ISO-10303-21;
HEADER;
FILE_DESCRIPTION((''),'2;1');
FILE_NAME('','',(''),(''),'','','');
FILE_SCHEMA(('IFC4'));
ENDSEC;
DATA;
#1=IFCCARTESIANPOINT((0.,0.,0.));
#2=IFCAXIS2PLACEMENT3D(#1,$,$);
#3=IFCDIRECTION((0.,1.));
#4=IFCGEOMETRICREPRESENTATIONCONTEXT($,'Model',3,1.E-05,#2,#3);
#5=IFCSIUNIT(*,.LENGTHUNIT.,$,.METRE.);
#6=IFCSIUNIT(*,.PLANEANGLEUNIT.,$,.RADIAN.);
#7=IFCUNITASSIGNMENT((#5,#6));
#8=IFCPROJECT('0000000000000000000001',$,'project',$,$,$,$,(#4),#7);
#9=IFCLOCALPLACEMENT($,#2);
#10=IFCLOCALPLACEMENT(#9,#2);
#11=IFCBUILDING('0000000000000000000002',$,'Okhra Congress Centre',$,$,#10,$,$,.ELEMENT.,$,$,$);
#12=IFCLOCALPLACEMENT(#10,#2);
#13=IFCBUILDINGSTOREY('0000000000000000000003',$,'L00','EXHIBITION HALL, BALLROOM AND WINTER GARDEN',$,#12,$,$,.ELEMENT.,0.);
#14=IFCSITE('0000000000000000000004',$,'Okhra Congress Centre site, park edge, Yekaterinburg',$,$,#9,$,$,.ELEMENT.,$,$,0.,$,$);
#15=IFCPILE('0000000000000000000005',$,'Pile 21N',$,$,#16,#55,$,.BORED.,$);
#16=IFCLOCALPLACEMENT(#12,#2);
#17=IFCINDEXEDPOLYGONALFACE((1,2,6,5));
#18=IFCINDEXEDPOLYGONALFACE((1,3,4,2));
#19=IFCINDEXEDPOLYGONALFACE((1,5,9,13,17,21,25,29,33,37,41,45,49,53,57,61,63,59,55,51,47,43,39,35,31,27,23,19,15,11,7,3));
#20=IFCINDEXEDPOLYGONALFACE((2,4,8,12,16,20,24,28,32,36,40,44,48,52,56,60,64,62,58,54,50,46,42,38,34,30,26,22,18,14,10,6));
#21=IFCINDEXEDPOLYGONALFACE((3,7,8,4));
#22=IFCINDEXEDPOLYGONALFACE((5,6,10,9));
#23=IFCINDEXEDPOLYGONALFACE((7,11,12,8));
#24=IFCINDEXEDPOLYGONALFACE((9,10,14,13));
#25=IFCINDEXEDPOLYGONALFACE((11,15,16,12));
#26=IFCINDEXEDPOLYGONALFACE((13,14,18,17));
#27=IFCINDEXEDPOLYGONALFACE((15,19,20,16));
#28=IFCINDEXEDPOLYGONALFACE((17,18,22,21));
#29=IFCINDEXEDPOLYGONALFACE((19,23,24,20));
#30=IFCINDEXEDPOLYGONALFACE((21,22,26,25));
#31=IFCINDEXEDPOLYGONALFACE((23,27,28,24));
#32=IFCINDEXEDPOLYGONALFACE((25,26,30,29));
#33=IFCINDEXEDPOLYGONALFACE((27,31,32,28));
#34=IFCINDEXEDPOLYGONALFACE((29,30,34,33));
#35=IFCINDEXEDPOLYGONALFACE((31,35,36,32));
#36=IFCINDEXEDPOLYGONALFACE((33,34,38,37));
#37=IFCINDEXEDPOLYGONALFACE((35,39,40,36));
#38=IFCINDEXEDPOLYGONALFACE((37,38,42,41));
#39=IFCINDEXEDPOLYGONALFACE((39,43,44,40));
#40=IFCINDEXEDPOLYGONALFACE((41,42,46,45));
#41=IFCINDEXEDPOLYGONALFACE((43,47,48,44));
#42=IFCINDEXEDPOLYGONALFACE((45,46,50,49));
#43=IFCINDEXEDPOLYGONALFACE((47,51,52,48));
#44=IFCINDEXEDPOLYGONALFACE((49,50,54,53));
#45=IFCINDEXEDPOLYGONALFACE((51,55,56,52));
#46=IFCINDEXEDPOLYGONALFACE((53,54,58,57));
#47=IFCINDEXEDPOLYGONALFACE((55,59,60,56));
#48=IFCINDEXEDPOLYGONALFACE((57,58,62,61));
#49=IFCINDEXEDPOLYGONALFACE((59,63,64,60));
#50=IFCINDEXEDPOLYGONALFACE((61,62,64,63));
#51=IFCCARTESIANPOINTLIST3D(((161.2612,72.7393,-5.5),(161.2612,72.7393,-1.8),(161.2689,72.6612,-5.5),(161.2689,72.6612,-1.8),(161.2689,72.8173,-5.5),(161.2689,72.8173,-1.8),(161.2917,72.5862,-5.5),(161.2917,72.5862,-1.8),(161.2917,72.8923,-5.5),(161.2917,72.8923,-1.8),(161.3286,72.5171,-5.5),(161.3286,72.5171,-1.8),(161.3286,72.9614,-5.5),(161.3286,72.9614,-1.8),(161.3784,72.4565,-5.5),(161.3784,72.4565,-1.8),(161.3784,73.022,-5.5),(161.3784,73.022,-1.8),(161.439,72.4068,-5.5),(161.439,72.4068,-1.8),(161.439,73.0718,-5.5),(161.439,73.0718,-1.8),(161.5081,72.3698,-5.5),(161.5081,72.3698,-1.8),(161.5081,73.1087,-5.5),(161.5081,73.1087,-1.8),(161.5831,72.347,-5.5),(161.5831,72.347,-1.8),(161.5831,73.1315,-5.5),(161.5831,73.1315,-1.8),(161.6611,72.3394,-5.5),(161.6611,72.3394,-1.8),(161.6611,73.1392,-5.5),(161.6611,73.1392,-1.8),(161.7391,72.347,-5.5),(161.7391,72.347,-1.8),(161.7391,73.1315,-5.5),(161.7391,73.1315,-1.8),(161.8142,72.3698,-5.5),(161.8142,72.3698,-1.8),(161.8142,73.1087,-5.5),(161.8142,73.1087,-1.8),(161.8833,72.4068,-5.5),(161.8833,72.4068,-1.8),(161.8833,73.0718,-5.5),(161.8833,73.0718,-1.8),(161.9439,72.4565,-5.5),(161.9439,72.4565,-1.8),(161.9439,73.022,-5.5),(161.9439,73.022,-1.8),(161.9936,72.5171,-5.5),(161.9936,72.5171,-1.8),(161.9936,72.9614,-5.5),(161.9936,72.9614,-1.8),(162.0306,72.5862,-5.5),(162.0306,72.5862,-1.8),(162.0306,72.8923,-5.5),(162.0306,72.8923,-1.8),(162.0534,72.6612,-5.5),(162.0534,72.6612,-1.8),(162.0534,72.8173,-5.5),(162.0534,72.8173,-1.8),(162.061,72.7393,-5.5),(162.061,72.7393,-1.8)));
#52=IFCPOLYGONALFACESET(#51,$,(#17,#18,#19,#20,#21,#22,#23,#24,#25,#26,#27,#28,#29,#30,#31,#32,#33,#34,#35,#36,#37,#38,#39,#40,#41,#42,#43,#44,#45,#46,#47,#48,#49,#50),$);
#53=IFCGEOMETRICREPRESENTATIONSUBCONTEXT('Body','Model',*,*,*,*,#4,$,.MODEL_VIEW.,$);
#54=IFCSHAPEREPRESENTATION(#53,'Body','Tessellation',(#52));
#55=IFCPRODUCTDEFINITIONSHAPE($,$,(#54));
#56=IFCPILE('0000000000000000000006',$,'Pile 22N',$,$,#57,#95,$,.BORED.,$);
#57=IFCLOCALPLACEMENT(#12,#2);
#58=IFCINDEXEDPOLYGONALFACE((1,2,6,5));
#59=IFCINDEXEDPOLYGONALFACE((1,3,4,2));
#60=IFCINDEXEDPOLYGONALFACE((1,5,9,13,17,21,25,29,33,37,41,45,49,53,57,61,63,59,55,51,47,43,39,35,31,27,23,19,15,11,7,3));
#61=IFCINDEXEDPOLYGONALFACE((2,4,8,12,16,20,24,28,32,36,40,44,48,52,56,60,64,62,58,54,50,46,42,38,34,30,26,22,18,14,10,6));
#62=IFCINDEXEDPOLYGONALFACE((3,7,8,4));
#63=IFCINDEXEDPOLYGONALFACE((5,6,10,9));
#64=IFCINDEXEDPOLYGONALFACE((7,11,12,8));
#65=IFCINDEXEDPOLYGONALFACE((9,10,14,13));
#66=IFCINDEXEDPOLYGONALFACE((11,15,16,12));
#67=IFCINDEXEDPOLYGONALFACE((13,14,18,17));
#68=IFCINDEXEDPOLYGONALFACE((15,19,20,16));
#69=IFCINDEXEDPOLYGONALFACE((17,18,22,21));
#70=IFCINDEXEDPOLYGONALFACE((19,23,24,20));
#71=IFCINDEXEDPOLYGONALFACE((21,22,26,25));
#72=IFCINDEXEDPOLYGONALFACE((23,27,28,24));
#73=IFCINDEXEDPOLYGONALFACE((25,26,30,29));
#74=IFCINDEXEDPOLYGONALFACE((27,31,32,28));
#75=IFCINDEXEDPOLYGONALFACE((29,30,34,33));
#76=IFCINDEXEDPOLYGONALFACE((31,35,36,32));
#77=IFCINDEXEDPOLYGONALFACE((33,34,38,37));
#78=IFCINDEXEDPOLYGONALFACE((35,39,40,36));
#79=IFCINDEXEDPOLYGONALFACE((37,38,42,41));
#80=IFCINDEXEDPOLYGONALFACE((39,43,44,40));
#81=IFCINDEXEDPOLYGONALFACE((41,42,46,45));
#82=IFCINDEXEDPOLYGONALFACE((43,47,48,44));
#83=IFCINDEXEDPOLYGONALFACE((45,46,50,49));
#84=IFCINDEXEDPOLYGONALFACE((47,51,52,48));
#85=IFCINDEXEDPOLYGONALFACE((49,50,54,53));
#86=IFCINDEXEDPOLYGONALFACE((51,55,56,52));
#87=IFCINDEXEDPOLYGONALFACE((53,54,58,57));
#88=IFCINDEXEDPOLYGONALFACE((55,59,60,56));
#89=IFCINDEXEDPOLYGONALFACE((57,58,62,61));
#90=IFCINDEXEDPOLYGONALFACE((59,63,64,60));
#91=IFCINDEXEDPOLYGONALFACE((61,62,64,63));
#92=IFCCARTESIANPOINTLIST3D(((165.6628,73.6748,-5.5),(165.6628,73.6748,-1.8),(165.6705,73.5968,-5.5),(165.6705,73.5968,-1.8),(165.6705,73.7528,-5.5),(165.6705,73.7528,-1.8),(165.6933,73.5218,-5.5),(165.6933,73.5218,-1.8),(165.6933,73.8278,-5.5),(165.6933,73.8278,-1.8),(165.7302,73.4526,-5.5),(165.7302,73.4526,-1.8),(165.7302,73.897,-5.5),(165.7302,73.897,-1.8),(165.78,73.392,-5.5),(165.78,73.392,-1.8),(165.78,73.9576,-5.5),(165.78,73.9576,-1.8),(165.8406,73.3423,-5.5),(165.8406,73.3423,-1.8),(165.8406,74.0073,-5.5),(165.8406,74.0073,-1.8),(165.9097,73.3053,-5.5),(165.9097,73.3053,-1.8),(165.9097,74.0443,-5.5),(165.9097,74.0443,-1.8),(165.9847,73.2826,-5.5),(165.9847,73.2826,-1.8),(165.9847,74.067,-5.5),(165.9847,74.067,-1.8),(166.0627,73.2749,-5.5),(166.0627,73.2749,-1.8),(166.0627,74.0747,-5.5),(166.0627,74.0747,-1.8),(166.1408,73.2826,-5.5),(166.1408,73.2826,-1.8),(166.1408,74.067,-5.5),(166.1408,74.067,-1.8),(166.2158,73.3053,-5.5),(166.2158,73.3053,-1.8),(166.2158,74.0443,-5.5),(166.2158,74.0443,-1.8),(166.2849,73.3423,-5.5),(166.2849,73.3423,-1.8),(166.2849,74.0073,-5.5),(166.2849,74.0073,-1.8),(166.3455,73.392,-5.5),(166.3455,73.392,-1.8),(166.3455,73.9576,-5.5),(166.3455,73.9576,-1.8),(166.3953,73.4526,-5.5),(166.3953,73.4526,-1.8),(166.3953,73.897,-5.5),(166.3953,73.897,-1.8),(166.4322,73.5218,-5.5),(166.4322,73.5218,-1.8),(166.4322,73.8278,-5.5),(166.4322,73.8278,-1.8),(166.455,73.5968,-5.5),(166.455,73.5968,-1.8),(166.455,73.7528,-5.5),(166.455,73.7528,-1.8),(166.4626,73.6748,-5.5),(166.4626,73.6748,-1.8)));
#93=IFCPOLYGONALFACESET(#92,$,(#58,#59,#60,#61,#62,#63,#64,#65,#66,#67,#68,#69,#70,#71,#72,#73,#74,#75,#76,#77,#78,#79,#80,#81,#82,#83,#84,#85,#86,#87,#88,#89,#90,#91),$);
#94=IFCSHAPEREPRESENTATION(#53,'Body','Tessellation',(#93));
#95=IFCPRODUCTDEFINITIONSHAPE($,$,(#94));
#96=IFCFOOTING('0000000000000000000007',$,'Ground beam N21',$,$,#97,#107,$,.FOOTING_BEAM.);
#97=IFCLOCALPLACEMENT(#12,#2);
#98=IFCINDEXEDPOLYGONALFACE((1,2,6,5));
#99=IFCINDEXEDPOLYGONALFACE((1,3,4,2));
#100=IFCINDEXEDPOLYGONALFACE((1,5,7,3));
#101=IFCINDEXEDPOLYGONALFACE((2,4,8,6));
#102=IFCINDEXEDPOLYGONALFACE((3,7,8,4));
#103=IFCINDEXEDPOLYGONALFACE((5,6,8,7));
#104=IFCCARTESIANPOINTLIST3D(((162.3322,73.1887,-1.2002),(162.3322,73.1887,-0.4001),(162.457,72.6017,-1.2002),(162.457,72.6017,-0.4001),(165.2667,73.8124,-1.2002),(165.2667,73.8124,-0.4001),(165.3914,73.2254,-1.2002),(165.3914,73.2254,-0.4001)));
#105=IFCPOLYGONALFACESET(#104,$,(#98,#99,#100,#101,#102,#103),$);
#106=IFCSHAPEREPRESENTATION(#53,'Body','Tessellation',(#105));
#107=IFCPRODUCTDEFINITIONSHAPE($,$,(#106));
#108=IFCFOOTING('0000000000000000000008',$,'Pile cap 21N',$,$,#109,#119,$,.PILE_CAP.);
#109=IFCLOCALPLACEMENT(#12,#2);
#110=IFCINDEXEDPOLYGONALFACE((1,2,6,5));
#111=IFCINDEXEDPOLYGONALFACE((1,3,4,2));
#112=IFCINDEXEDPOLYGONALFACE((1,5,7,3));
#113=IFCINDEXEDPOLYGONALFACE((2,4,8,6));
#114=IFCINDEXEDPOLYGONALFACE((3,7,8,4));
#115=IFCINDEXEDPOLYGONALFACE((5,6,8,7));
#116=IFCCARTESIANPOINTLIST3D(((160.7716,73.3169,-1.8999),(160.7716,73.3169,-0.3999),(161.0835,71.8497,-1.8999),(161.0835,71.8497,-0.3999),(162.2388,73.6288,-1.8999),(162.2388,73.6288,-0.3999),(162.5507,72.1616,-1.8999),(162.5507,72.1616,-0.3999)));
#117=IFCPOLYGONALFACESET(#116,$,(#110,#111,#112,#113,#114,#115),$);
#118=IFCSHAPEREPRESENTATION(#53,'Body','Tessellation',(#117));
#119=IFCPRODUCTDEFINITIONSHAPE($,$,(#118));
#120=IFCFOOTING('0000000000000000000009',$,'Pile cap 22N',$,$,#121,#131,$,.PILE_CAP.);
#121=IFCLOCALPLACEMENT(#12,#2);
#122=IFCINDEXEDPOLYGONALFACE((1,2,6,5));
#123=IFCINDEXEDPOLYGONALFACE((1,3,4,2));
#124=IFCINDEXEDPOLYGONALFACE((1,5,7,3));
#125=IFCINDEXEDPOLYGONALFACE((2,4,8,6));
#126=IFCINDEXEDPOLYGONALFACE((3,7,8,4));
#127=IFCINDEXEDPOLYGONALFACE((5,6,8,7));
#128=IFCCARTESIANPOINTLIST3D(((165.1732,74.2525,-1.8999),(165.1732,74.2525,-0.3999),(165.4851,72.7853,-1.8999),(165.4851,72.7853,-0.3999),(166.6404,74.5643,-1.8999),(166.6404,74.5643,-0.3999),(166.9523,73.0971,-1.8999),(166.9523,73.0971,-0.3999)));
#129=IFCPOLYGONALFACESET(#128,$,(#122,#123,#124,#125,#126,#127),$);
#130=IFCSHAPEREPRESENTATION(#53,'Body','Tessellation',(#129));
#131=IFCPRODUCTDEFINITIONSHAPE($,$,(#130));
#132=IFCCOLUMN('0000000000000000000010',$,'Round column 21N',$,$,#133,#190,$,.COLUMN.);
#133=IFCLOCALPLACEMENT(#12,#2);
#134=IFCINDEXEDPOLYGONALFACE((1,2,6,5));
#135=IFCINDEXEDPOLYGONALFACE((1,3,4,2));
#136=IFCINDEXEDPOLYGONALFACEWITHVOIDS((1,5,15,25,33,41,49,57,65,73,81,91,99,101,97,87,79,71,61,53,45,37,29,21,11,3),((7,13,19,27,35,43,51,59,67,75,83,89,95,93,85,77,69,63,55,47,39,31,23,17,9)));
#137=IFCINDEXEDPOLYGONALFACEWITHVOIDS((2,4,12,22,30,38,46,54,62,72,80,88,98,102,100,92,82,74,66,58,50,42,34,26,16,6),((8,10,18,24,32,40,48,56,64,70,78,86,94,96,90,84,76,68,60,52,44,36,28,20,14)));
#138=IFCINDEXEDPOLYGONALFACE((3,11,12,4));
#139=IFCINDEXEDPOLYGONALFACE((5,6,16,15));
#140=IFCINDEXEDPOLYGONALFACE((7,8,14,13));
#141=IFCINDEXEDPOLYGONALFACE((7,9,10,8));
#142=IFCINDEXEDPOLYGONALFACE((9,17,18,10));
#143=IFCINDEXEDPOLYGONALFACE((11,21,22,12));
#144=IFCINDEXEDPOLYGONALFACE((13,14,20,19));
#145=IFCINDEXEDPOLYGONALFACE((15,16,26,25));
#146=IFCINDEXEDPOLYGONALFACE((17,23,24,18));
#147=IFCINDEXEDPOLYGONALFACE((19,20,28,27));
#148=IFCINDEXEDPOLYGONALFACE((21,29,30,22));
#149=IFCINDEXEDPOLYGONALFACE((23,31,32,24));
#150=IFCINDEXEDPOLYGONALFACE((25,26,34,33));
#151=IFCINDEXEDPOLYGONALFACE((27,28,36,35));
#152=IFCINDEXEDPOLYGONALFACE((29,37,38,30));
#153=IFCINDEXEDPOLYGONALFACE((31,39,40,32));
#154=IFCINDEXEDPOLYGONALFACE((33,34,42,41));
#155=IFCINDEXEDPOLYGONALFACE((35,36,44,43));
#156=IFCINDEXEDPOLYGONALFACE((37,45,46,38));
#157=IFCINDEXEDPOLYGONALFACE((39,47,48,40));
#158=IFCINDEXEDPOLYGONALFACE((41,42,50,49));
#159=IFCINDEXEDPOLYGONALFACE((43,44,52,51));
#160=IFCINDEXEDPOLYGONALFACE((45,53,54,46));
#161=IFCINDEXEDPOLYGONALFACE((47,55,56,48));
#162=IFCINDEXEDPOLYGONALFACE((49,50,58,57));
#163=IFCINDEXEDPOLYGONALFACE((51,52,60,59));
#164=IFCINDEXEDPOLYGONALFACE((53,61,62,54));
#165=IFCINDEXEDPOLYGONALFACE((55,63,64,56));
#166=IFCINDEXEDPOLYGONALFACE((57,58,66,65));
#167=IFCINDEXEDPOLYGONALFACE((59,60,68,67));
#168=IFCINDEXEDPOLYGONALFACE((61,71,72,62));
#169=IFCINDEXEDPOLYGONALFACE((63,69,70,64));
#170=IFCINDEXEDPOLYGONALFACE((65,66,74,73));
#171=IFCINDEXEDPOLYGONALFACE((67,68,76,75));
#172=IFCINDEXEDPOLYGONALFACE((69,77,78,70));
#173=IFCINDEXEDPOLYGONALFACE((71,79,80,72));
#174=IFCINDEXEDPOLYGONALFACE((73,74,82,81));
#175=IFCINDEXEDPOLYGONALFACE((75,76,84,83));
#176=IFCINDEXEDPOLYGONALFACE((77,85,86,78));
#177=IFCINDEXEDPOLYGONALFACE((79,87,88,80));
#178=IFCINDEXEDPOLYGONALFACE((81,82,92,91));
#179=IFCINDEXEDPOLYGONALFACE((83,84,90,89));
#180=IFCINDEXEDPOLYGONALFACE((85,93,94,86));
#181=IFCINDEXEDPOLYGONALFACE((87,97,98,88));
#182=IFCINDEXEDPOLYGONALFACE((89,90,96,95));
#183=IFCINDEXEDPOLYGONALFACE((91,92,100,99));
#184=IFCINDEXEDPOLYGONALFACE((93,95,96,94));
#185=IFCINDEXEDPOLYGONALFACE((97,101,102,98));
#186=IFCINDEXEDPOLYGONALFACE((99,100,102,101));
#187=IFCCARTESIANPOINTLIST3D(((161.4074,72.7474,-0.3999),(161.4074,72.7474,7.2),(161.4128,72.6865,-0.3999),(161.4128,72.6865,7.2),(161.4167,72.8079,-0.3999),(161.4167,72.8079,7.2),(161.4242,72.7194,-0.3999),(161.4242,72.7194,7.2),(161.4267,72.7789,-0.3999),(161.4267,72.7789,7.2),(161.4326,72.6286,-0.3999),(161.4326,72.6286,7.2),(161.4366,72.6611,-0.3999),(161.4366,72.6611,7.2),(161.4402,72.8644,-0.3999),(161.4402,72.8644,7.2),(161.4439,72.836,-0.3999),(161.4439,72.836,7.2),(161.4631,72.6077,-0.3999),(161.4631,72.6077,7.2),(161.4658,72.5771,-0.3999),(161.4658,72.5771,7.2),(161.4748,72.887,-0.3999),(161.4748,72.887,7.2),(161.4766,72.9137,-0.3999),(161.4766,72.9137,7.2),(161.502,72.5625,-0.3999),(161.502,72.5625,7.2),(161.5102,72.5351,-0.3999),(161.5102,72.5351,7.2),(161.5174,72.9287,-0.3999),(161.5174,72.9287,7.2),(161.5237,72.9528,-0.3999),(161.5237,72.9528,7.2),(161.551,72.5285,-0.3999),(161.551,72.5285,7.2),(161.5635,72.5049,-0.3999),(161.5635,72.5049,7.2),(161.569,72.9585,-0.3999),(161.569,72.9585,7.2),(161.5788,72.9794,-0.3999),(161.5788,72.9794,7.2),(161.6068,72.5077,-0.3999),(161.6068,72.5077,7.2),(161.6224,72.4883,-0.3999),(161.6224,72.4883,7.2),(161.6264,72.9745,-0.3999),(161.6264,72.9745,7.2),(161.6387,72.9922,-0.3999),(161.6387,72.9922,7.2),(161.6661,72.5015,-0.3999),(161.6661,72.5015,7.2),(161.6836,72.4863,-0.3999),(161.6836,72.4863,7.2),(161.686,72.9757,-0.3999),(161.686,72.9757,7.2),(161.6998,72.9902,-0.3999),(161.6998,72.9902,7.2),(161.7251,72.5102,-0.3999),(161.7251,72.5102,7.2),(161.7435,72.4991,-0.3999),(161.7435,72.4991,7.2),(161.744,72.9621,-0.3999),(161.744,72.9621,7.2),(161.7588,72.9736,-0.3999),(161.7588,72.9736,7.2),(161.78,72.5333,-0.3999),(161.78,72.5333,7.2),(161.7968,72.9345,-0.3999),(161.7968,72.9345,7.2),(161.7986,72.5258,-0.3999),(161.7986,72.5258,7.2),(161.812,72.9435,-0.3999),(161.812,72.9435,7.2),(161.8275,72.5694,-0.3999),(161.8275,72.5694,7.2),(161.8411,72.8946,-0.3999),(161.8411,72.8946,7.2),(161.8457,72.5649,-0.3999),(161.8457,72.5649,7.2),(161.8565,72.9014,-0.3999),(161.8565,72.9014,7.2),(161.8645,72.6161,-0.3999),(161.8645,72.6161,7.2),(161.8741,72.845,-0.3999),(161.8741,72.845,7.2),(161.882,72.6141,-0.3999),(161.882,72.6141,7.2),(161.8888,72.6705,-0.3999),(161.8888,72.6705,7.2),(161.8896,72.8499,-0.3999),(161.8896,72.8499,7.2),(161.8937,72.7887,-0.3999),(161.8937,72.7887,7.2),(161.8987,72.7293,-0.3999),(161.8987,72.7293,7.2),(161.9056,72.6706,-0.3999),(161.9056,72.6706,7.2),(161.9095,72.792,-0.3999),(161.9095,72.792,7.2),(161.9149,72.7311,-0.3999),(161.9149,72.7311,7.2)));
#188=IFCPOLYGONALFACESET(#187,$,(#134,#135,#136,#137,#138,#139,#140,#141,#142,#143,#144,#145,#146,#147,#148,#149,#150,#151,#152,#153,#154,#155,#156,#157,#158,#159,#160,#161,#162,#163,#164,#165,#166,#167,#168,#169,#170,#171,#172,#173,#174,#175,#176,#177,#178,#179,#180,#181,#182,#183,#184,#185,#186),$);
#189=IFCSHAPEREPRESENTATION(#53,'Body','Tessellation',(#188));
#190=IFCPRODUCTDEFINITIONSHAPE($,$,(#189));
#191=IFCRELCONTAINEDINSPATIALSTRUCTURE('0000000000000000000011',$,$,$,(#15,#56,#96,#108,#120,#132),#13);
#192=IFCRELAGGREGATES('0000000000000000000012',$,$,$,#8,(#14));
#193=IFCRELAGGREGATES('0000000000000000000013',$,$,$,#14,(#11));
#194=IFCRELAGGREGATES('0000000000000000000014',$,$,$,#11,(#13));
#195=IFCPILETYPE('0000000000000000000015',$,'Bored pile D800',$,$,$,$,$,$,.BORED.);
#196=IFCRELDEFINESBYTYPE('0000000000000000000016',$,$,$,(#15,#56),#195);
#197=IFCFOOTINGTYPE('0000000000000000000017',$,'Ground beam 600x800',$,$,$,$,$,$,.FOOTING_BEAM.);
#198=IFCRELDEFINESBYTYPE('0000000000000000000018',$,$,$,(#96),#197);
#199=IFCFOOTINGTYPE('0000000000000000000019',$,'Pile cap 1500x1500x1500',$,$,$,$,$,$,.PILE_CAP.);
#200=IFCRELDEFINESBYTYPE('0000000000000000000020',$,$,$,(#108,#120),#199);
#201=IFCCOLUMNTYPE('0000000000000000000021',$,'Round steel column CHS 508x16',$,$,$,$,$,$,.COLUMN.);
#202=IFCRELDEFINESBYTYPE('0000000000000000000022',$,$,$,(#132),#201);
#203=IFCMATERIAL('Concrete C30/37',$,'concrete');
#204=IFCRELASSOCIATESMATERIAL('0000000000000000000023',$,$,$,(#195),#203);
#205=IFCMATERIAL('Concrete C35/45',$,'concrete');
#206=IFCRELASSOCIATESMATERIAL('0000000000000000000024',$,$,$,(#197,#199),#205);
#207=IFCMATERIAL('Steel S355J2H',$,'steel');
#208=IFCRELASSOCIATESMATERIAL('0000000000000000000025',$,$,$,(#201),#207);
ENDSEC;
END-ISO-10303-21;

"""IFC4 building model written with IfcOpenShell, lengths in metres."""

from ifc_helpers import new_model, si_unit, direction, frame, origin, origin_2d, place, context, subcontext, project, spatial, rectangle, circle, hollow_circle, extrude, material, material_profile, profile_set, type_object, element, save


model = new_model("IFC4")

# Units and contexts
model_context = context("Model", 3, precision=1e-05, world=origin(), true_north=direction((0.0, 1.0)))
body_context = subcontext(model_context, "Body", "Model", "MODEL_VIEW")
ifc_project = project(units=[si_unit("LENGTHUNIT", "METRE"), si_unit("PLANEANGLEUNIT", "RADIAN")], contexts=[model_context])

# Site, building, storey
site_placement = place(None, origin())
site = spatial("IfcSite", under=ifc_project, at=site_placement, Name="Okhra Congress Centre site, park edge, Yekaterinburg", CompositionType="ELEMENT", RefElevation=0.0)
building_placement = place(site_placement, origin())
building = spatial("IfcBuilding", under=site, at=building_placement, Name="Okhra Congress Centre", CompositionType="ELEMENT")
storey_placement = place(building_placement, origin())
storey = spatial("IfcBuildingStorey", under=building, at=storey_placement, Name="L00", Description="EXHIBITION HALL, BALLROOM AND WINTER GARDEN", CompositionType="ELEMENT", Elevation=0.0)

# Piles
ifc_material_1 = material(Name="Concrete C30/37", Category="concrete")
ifc_material_profile_1 = material_profile(ifc_material_1, circle(Radius=0.3999, at=origin_2d()), Name="D800")
ifc_profile_set_1 = profile_set([ifc_material_profile_1], Name="Concrete C30/37")
pile_type = type_object("IfcPileType", Name="Bored pile D800", PredefinedType="BORED", material=ifc_profile_set_1)
for number, where, z_axis, x_axis, name in (
    (1, (161.6611, 72.7393, -1.8), (0.0, 0.0, -1.0), (1.0, 0.0, 0.0), "Pile 21N"),
    (2, (166.0627, 73.6748, -1.8), (0.0, 0.0, -1.0), (1.0, 0.0, 0.0), "Pile 22N"),
):
    element("IfcPile", number, at=place(storey_placement, frame(where, z_axis=z_axis, x_axis=x_axis)), inside=storey, type_object=pile_type, Name=name, PredefinedType="BORED", context=body_context, shape_type="SweptSolid", body=[
        extrude(circle(Radius=0.3999, at=origin_2d()), origin(), (0.0, 0.0, 1.0), 3.7),
    ])

# Footings
ifc_material_2 = material(Name="Concrete C35/45", Category="concrete")
footing_type_1 = type_object("IfcFootingType", Name="Ground beam 600x800", PredefinedType="FOOTING_BEAM", material=ifc_material_2)
footing_placement = place(storey_placement, frame((163.8618, 73.207, -1.2002), z_axis=(0.0, 0.0, 1.0), x_axis=(0.978148, 0.207912, 0.0)))
element("IfcFooting", 3, at=footing_placement, inside=storey, type_object=footing_type_1, Name="Ground beam N21", PredefinedType="FOOTING_BEAM", context=body_context, shape_type="SweptSolid", body=[
    extrude(rectangle(XDim=3.0, YDim=0.6001, at=origin_2d()), origin(), (0.0, 0.0, 1.0), 0.8),
])
footing_type_2 = type_object("IfcFootingType", Name="Pile cap 1500x1500x1500", PredefinedType="PILE_CAP", material=ifc_material_2)
for number, where, z_axis, x_axis, name in (
    (4, (161.6611, 72.7393, -1.8999), (0.0, 0.0, 1.0), (0.978148, 0.207912, 0.0), "Pile cap 21N"),
    (5, (166.0627, 73.6748, -1.8999), (0.0, 0.0, 1.0), (0.978148, 0.207912, 0.0), "Pile cap 22N"),
):
    element("IfcFooting", number, at=place(storey_placement, frame(where, z_axis=z_axis, x_axis=x_axis)), inside=storey, type_object=footing_type_2, Name=name, PredefinedType="PILE_CAP", context=body_context, shape_type="SweptSolid", body=[
        extrude(rectangle(XDim=1.5, YDim=1.5, at=origin_2d()), origin(), (0.0, 0.0, 1.0), 1.5),
    ])

# Column
ifc_material_3 = material(Name="Steel S355J2H", Category="steel")
ifc_material_profile_2 = material_profile(ifc_material_3, hollow_circle(Radius=0.2539, WallThickness=0.0161, at=origin_2d()), Name="CHS 508x16")
ifc_profile_set_2 = profile_set([ifc_material_profile_2], Name="Steel S355J2H")
column_type = type_object("IfcColumnType", Name="Round steel column CHS 508x16", PredefinedType="COLUMN", material=ifc_profile_set_2)
for number, where, z_axis, x_axis, name in (
    (6, (161.6611, 72.7393, -0.3999), (0.0, 0.0, 1.0), (0.978148, 0.207912, 0.0), "Round column 21N"),
):
    element("IfcColumn", number, at=place(storey_placement, frame(where, z_axis=z_axis, x_axis=x_axis)), inside=storey, type_object=column_type, Name=name, PredefinedType="COLUMN", context=body_context, shape_type="SweptSolid", body=[
        extrude(hollow_circle(Radius=0.2539, WallThickness=0.0161, at=origin_2d()), origin(), (0.0, 0.0, 1.0), 7.5999),
    ])

save(model, "model.ifc")
